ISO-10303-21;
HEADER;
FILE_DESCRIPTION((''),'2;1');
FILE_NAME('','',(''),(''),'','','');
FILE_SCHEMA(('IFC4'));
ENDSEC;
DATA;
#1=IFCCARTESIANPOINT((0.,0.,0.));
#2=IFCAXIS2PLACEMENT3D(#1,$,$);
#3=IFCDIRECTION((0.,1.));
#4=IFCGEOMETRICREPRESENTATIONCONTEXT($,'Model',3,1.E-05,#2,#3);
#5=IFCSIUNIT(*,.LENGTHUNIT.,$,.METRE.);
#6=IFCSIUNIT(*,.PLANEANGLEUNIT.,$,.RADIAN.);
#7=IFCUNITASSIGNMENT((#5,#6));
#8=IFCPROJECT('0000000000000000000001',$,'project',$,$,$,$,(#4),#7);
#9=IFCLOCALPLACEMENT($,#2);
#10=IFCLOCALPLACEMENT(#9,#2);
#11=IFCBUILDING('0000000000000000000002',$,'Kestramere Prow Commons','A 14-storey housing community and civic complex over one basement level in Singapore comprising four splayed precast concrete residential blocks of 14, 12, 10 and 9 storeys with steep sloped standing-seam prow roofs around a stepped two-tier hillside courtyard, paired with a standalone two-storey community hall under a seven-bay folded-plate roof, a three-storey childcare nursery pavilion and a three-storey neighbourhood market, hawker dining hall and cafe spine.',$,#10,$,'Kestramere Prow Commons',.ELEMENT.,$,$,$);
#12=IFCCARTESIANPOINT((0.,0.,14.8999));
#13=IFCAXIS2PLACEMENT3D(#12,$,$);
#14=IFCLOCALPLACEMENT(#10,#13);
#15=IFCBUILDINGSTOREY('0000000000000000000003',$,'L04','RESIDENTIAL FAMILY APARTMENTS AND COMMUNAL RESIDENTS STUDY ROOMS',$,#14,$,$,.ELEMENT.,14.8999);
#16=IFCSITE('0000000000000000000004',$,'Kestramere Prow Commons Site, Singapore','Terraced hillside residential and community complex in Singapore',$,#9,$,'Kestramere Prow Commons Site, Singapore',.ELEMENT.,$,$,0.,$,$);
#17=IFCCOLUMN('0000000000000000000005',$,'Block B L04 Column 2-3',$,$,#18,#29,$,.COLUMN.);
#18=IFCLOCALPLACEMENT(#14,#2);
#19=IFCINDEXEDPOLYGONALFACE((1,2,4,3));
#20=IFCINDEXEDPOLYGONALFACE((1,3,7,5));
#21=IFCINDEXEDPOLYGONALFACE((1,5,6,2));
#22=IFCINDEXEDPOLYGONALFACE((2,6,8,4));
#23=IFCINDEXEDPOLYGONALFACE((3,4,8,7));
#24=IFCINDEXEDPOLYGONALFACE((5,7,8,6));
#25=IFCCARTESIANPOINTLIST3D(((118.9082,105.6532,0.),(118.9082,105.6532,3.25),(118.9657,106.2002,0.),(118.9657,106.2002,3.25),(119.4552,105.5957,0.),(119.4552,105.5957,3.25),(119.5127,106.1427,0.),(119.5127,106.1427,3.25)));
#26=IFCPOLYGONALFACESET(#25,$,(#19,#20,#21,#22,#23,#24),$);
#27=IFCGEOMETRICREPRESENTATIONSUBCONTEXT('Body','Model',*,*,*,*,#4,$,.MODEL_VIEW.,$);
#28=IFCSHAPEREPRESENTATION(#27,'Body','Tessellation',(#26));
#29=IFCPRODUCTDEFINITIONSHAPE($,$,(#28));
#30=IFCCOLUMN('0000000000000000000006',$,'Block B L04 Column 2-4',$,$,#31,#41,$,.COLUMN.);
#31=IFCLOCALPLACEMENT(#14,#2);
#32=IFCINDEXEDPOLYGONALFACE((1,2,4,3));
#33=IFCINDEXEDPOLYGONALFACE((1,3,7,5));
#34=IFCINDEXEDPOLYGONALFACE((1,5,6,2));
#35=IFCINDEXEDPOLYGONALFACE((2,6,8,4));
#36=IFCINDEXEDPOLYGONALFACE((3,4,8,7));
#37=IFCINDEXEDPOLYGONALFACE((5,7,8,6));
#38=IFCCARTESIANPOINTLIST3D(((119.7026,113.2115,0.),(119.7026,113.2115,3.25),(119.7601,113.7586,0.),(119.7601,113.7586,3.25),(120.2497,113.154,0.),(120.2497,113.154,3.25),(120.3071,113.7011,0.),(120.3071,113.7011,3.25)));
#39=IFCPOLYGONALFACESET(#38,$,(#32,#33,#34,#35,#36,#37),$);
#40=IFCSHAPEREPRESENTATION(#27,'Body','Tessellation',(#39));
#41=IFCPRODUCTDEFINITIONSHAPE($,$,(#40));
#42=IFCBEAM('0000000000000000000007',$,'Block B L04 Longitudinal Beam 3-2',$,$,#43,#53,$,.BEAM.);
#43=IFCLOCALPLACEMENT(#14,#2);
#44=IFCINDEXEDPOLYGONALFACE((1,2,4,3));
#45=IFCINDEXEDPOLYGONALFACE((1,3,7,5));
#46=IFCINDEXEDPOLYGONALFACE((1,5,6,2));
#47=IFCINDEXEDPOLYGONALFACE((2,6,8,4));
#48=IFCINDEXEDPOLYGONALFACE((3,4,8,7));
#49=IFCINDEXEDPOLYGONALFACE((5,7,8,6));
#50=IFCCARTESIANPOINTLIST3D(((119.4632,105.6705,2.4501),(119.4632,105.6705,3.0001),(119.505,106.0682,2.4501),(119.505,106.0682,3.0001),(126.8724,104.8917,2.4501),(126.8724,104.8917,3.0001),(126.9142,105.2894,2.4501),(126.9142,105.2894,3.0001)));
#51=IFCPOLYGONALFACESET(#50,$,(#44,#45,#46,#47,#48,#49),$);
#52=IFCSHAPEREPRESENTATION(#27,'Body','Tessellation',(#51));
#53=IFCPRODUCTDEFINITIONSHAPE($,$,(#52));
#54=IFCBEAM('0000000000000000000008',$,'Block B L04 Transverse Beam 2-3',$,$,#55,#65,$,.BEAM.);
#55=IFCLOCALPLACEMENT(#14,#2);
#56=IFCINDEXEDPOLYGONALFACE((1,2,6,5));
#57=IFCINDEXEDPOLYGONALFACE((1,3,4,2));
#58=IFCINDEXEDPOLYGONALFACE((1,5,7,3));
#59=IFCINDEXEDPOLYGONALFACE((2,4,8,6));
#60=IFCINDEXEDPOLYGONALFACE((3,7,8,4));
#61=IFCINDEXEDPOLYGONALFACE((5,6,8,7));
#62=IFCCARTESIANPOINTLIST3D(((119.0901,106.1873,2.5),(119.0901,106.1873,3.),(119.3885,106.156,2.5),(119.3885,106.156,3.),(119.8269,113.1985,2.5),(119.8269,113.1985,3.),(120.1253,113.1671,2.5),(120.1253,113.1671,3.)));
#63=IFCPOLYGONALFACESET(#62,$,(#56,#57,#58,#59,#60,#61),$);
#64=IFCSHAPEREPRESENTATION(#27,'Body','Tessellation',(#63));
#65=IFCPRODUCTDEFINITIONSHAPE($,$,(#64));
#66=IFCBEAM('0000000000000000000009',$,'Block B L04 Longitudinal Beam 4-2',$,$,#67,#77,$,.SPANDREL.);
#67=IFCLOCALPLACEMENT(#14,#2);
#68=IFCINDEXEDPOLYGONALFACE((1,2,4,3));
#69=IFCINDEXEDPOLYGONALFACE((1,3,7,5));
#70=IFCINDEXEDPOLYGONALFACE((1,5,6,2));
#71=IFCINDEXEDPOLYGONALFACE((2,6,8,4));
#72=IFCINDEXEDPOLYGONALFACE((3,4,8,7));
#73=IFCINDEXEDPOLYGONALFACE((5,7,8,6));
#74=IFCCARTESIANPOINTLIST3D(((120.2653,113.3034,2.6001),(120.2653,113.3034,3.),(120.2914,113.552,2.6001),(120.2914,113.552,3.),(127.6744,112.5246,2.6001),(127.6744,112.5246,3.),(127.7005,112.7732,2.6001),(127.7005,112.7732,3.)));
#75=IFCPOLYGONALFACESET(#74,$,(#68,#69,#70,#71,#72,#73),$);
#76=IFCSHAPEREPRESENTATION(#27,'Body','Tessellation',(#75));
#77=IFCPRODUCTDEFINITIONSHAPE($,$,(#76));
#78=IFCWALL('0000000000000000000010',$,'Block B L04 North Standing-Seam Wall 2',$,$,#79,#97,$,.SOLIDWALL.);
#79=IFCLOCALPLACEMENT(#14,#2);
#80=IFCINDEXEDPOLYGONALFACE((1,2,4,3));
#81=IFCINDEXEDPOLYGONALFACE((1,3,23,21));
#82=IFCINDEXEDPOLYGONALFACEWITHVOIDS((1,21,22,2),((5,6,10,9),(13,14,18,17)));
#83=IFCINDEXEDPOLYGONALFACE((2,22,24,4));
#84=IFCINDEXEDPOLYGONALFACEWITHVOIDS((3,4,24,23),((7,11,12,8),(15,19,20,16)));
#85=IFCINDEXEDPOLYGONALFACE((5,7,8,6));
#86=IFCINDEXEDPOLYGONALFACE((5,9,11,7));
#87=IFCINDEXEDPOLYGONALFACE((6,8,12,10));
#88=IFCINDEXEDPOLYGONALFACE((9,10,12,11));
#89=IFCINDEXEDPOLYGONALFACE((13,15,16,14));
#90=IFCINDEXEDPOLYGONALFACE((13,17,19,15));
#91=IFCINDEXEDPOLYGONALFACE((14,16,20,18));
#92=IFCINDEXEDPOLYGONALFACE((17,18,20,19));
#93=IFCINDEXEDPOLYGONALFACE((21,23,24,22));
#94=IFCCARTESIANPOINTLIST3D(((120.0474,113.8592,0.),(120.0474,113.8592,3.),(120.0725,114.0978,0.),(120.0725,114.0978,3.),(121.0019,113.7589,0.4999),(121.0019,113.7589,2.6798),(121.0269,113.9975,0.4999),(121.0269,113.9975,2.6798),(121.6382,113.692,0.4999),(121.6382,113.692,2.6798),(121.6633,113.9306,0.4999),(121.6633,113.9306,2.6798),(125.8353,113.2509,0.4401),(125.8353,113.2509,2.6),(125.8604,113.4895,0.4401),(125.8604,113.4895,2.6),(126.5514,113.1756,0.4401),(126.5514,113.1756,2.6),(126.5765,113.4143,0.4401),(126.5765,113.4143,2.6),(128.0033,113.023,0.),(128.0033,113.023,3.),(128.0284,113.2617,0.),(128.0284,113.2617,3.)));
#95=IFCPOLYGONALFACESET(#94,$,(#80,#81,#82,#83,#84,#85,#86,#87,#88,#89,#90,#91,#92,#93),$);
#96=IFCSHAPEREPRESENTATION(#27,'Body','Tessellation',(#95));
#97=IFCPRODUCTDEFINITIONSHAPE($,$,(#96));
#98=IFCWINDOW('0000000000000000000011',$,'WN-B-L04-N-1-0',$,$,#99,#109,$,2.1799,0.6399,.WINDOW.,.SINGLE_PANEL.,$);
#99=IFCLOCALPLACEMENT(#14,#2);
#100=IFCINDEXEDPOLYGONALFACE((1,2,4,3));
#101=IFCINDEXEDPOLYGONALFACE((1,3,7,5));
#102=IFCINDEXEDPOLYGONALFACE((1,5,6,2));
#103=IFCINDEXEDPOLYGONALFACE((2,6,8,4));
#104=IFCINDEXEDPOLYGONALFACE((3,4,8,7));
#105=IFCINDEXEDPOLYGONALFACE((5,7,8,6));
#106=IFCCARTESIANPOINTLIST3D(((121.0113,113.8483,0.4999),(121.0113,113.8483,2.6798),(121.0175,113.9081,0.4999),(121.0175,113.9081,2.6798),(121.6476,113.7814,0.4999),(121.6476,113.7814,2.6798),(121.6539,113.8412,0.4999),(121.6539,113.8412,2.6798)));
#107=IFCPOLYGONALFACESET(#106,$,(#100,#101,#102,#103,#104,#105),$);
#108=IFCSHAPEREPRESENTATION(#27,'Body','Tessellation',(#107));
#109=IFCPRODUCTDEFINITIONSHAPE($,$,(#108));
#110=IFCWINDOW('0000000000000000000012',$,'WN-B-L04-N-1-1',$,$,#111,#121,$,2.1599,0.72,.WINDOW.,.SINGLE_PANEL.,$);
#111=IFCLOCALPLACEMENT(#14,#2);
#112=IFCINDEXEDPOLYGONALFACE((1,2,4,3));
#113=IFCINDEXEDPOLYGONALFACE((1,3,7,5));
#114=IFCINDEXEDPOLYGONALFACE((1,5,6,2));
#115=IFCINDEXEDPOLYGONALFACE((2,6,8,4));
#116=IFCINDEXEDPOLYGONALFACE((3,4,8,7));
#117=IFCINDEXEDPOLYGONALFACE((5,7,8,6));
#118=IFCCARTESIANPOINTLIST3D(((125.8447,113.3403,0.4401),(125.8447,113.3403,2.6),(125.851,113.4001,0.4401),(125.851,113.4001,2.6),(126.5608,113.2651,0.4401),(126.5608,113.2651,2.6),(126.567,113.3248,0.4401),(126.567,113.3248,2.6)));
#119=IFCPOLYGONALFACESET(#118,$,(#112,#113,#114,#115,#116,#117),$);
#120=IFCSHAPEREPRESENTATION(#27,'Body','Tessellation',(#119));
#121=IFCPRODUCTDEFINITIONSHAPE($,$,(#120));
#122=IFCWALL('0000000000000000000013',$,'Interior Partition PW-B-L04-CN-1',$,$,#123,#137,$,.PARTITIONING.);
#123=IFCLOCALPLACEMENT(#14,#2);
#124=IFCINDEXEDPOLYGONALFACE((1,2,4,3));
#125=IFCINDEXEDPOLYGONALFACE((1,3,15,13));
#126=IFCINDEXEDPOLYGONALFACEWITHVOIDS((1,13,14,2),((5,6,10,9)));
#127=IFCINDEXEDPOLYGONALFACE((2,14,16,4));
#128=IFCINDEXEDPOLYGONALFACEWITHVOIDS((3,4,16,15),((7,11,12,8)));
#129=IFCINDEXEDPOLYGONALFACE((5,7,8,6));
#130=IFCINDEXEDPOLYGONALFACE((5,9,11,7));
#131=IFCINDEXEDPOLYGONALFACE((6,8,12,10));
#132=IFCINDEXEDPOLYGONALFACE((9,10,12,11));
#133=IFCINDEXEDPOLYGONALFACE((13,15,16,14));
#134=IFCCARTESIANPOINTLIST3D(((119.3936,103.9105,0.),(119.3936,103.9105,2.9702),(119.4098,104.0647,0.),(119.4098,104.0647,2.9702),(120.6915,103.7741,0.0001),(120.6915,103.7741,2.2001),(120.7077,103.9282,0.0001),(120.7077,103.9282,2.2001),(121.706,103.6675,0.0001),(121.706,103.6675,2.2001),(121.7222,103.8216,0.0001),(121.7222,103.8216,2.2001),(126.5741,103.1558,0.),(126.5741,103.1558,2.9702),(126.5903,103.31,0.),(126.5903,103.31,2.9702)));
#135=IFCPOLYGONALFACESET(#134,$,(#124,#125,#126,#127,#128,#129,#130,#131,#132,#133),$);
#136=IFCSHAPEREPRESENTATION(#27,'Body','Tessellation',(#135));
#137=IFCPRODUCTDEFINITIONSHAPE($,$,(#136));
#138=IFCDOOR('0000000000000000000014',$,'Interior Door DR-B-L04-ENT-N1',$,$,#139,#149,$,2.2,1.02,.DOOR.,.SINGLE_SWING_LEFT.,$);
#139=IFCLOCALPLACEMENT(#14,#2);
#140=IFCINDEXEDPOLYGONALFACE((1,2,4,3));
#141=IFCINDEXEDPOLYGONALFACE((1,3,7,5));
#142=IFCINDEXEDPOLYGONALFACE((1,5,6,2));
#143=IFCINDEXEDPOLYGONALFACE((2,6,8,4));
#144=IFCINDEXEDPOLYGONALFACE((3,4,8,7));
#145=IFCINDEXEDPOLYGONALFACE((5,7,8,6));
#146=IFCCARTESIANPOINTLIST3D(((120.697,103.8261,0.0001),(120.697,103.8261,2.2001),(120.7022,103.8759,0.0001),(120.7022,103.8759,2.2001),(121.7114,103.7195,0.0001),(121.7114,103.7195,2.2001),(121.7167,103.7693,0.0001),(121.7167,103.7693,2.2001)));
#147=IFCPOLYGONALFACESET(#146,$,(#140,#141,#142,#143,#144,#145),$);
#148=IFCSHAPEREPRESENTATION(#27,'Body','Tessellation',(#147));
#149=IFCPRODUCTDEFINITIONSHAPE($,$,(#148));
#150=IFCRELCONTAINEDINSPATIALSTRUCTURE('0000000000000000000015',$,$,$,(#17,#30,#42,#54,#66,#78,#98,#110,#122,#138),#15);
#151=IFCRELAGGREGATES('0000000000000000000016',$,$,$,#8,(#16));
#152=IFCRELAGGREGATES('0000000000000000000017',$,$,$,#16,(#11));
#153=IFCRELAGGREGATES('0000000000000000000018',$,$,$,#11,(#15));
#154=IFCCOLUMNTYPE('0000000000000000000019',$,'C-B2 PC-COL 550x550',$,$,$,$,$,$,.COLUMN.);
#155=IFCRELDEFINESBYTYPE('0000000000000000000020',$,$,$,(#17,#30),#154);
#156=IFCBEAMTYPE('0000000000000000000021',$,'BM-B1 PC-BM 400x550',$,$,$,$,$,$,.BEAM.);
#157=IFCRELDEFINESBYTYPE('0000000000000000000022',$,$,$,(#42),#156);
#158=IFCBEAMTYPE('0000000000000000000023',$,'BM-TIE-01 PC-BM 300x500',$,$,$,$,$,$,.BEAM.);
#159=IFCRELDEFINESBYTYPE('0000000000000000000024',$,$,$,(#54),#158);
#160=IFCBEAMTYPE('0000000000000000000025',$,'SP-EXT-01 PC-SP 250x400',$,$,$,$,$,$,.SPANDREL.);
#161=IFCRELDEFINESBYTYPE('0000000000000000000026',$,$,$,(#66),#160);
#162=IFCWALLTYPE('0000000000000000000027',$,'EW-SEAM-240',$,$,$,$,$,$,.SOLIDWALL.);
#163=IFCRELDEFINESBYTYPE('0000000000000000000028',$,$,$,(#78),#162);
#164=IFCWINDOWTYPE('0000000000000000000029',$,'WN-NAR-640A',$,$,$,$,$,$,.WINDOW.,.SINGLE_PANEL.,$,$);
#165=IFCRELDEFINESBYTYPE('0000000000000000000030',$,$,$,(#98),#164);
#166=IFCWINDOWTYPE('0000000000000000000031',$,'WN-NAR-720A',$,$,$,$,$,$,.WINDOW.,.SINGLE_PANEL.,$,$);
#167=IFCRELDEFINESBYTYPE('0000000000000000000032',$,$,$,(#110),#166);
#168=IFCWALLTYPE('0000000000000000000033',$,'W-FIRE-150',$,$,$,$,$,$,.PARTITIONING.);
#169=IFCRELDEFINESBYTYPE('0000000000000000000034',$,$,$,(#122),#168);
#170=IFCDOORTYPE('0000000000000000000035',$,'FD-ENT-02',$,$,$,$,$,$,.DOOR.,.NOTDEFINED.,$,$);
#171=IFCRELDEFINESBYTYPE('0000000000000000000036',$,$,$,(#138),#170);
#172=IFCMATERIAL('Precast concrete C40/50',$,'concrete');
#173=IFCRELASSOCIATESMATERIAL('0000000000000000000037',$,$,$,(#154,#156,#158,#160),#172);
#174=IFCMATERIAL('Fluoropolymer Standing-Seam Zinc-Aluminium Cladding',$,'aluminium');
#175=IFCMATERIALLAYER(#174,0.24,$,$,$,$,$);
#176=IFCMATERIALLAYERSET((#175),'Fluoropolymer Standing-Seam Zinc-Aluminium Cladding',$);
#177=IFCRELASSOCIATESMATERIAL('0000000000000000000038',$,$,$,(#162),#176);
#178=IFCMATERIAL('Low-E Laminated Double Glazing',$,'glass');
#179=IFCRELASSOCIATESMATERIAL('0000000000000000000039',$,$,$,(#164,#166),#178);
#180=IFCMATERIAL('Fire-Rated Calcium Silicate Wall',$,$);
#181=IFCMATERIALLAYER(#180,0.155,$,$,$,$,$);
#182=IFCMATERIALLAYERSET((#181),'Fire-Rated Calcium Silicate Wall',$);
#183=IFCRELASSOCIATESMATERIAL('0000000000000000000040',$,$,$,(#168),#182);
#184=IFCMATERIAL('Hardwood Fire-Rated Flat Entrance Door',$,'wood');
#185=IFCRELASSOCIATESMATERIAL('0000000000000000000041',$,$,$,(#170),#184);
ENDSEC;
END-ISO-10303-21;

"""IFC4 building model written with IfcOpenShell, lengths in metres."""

from ifc_helpers import new_model, si_unit, direction, frame, frame_2d, origin, origin_2d, place, context, subcontext, project, spatial, rectangle, extrude, material, layer, layer_set, material_profile, profile_set, type_object, element, fill, save


model = new_model("IFC4")

# Units and contexts
model_context = context("Model", 3, precision=1e-05, world=origin(), true_north=direction((0.0, 1.0)))
body_context = subcontext(model_context, "Body", "Model", "MODEL_VIEW")
ifc_project = project(units=[si_unit("LENGTHUNIT", "METRE"), si_unit("PLANEANGLEUNIT", "RADIAN")], contexts=[model_context])

# Site, building, storey
site_placement = place(None, origin())
site = spatial("IfcSite", under=ifc_project, at=site_placement, Name="Kestramere Prow Commons Site, Singapore", Description="Terraced hillside residential and community complex in Singapore", LongName="Kestramere Prow Commons Site, Singapore", CompositionType="ELEMENT", RefElevation=0.0)
building_placement = place(site_placement, origin())
building = spatial("IfcBuilding", under=site, at=building_placement, Name="Kestramere Prow Commons", Description="A 14-storey housing community and civic complex over one basement level in Singapore comprising four splayed precast concrete residential blocks of 14, 12, 10 and 9 storeys with steep sloped standing-seam prow roofs around a stepped two-tier hillside courtyard, paired with a standalone two-storey community hall under a seven-bay folded-plate roof, a three-storey childcare nursery pavilion and a three-storey neighbourhood market, hawker dining hall and cafe spine.", LongName="Kestramere Prow Commons", CompositionType="ELEMENT")
storey_placement = place(building_placement, frame((0.0, 0.0, 14.8999)))
storey = spatial("IfcBuildingStorey", under=building, at=storey_placement, Name="L04", Description="RESIDENTIAL FAMILY APARTMENTS AND COMMUNAL RESIDENTS STUDY ROOMS", CompositionType="ELEMENT", Elevation=14.8999)

# Columns
ifc_material_1 = material(Name="Precast concrete C40/50", Category="concrete")
ifc_material_profile_1 = material_profile(ifc_material_1, rectangle(XDim=0.55, YDim=0.55, at=origin_2d()), Name="PC-COL 550x550")
ifc_profile_set_1 = profile_set([ifc_material_profile_1], Name="Precast concrete C40/50")
column_type = type_object("IfcColumnType", Name="C-B2 PC-COL 550x550", PredefinedType="COLUMN", material=ifc_profile_set_1)
for number, where, z_axis, x_axis, name in (
    (1, (119.2104, 105.8979, 0.0), (0.0, 0.0, 1.0), (0.994522, -0.104528, 0.0), "Block B L04 Column 2-3"),
    (2, (120.0049, 113.4563, 0.0), (0.0, 0.0, 1.0), (0.994522, -0.104528, 0.0), "Block B L04 Column 2-4"),
):
    element("IfcColumn", number, at=place(storey_placement, frame(where, z_axis=z_axis, x_axis=x_axis)), inside=storey, type_object=column_type, Name=name, PredefinedType="COLUMN", context=body_context, shape_type="SweptSolid", body=[
        extrude(rectangle(XDim=0.55, YDim=0.55, at=origin_2d()), origin(), (0.0, 0.0, 1.0), 3.25),
    ])

# Beams
ifc_material_profile_2 = material_profile(ifc_material_1, rectangle(XDim=0.3999, YDim=0.55, at=origin_2d()), Name="PC-BM 400x550")
ifc_profile_set_2 = profile_set([ifc_material_profile_2], Name="Precast concrete C40/50")
beam_type_1 = type_object("IfcBeamType", Name="BM-B1 PC-BM 400x550", PredefinedType="BEAM", material=ifc_profile_set_2)
beam_1_placement = place(storey_placement, frame((119.4841, 105.8694, 2.7251), z_axis=(0.994521, -0.104538, 0.0), x_axis=(0.104538, 0.994521, 0.0)))
element("IfcBeam", 3, at=beam_1_placement, inside=storey, type_object=beam_type_1, Name="Block B L04 Longitudinal Beam 3-2", PredefinedType="BEAM", context=body_context, shape_type="SweptSolid", body=[
    extrude(rectangle(XDim=0.3999, YDim=0.55, at=origin_2d()), origin(), (0.0, 0.0, 1.0), 7.45),
])
ifc_material_profile_3 = material_profile(ifc_material_1, rectangle(XDim=0.3, YDim=0.5, at=origin_2d()), Name="PC-BM 300x500")
ifc_profile_set_3 = profile_set([ifc_material_profile_3], Name="Precast concrete C40/50")
beam_type_2 = type_object("IfcBeamType", Name="BM-TIE-01 PC-BM 300x500", PredefinedType="BEAM", material=ifc_profile_set_3)
beam_2_placement = place(storey_placement, frame((119.2393, 106.1716, 2.75), z_axis=(0.104515, 0.994523, 0.0), x_axis=(-0.994523, 0.104515, 0.0)))
element("IfcBeam", 4, at=beam_2_placement, inside=storey, type_object=beam_type_2, Name="Block B L04 Transverse Beam 2-3", PredefinedType="BEAM", context=body_context, shape_type="SweptSolid", body=[
    extrude(rectangle(XDim=0.3, YDim=0.5, at=origin_2d()), origin(), (0.0, 0.0, 1.0), 7.0498),
])
ifc_material_profile_4 = material_profile(ifc_material_1, rectangle(XDim=0.25, YDim=0.3999, at=origin_2d()), Name="PC-SP 250x400")
ifc_profile_set_4 = profile_set([ifc_material_profile_4], Name="Precast concrete C40/50")
beam_type_3 = type_object("IfcBeamType", Name="SP-EXT-01 PC-SP 250x400", PredefinedType="SPANDREL", material=ifc_profile_set_4)
beam_3_placement = place(storey_placement, frame((120.2783, 113.4277, 2.8), z_axis=(0.994521, -0.104538, 0.0), x_axis=(0.104538, 0.994521, 0.0)))
element("IfcBeam", 5, at=beam_3_placement, inside=storey, type_object=beam_type_3, Name="Block B L04 Longitudinal Beam 4-2", PredefinedType="SPANDREL", context=body_context, shape_type="SweptSolid", body=[
    extrude(rectangle(XDim=0.25, YDim=0.3999, at=origin_2d()), origin(), (0.0, 0.0, 1.0), 7.45),
])

# Wall, openings, windows
ifc_material_2 = material(Name="Fluoropolymer Standing-Seam Zinc-Aluminium Cladding", Category="aluminium")
ifc_layer_1 = layer(ifc_material_2, 0.24)
ifc_layer_set_1 = layer_set([ifc_layer_1], Name="Fluoropolymer Standing-Seam Zinc-Aluminium Cladding")
wall_type_1 = type_object("IfcWallType", Name="EW-SEAM-240", PredefinedType="SOLIDWALL", material=ifc_layer_set_1)
wall_1_placement = place(storey_placement, frame((120.0598, 113.9785, 0.0), z_axis=(0.0, 0.0, 1.0), x_axis=(0.994522, -0.104524, 0.0)))
wall_1 = element("IfcWall", 6, at=wall_1_placement, inside=storey, type_object=wall_type_1, Name="Block B L04 North Standing-Seam Wall 2", PredefinedType="SOLIDWALL", context=body_context, shape_type="SweptSolid", body=[
    extrude(rectangle(XDim=7.9998, YDim=0.24, at=frame_2d((4.0, 0.0))), origin(), (0.0, 0.0, 1.0), 3.0),
])
opening_1_placement = place(wall_1_placement, frame((0.96, 0.0, 0.5)))
opening_1 = element("IfcOpeningElement", 7, at=opening_1_placement, cuts=wall_1, PredefinedType="OPENING", context=body_context, shape_type="SweptSolid", body=[
    extrude(rectangle(XDim=0.6399, YDim=2.1799, at=frame_2d((0.3198, 1.0898))), frame((0.0, 0.135, 0.0), z_axis=(0.0, -1.0, 0.0), x_axis=(1.0, 0.0, 0.0)), (0.0, 0.0, 1.0), 0.27),
])
opening_2_placement = place(wall_1_placement, frame((5.8201, 0.0, 0.4399)))
opening_2 = element("IfcOpeningElement", 8, at=opening_2_placement, cuts=wall_1, PredefinedType="OPENING", context=body_context, shape_type="SweptSolid", body=[
    extrude(rectangle(XDim=0.72, YDim=2.1599, at=frame_2d((0.3599, 1.0801))), frame((0.0, 0.135, 0.0), z_axis=(0.0, -1.0, 0.0), x_axis=(1.0, 0.0, 0.0)), (0.0, 0.0, 1.0), 0.27),
])
ifc_material_3 = material(Name="Low-E Laminated Double Glazing", Category="glass")
window_type_1 = type_object("IfcWindowType", Name="WN-NAR-640A", PartitioningType="SINGLE_PANEL", PredefinedType="WINDOW", material=ifc_material_3)
window_1_placement = place(opening_1_placement, origin())
window_1 = element("IfcWindow", 9, at=window_1_placement, inside=storey, type_object=window_type_1, Name="WN-B-L04-N-1-0", OverallHeight=2.1799, OverallWidth=0.6399, PartitioningType="SINGLE_PANEL", PredefinedType="WINDOW", context=body_context, shape_type="SweptSolid", body=[
    extrude(rectangle(XDim=0.6399, YDim=2.1799, at=frame_2d((0.3198, 1.0898))), frame((0.0, 0.03, 0.0), z_axis=(0.0, -1.0, 0.0), x_axis=(1.0, 0.0, 0.0)), (0.0, 0.0, 1.0), 0.0601),
])
fill(opening_1, window_1)
window_type_2 = type_object("IfcWindowType", Name="WN-NAR-720A", PartitioningType="SINGLE_PANEL", PredefinedType="WINDOW", material=ifc_material_3)
window_2_placement = place(opening_2_placement, origin())
window_2 = element("IfcWindow", 10, at=window_2_placement, inside=storey, type_object=window_type_2, Name="WN-B-L04-N-1-1", OverallHeight=2.1599, OverallWidth=0.72, PartitioningType="SINGLE_PANEL", PredefinedType="WINDOW", context=body_context, shape_type="SweptSolid", body=[
    extrude(rectangle(XDim=0.72, YDim=2.1599, at=frame_2d((0.3599, 1.0801))), frame((0.0, 0.03, 0.0), z_axis=(0.0, -1.0, 0.0), x_axis=(1.0, 0.0, 0.0)), (0.0, 0.0, 1.0), 0.0601),
])
fill(opening_2, window_2)

# Wall, opening, door
ifc_material_4 = material(Name="Fire-Rated Calcium Silicate Wall")
ifc_layer_2 = layer(ifc_material_4, 0.155)
ifc_layer_set_2 = layer_set([ifc_layer_2], Name="Fire-Rated Calcium Silicate Wall")
wall_type_2 = type_object("IfcWallType", Name="W-FIRE-150", PredefinedType="PARTITIONING", material=ifc_layer_set_2)
wall_2_placement = place(storey_placement, frame((119.4019, 103.9875, 0.0), z_axis=(0.0, 0.0, 1.0), x_axis=(0.994523, -0.104521, 0.0)))
wall_2 = element("IfcWall", 11, at=wall_2_placement, inside=storey, type_object=wall_type_2, Name="Interior Partition PW-B-L04-CN-1", PredefinedType="PARTITIONING", context=body_context, shape_type="SweptSolid", body=[
    extrude(rectangle(XDim=7.22, YDim=0.155, at=frame_2d((3.6099, 0.0))), origin(), (0.0, 0.0, 1.0), 2.9702),
])
opening_3_placement = place(wall_2_placement, frame((1.3049, 0.0, 0.0)))
opening_3 = element("IfcOpeningElement", 12, at=opening_3_placement, cuts=wall_2, PredefinedType="OPENING", context=body_context, shape_type="SweptSolid", body=[
    extrude(rectangle(XDim=1.02, YDim=2.2, at=frame_2d((0.51, 1.1001))), frame((0.0, 0.0925, 0.0), z_axis=(0.0, -1.0, 0.0), x_axis=(1.0, 0.0, 0.0)), (0.0, 0.0, 1.0), 0.1851),
])
ifc_material_5 = material(Name="Hardwood Fire-Rated Flat Entrance Door", Category="wood")
door_type_1 = type_object("IfcDoorType", Name="FD-ENT-02", OperationType="NOTDEFINED", PredefinedType="DOOR", material=ifc_material_5)
door_1_placement = place(opening_3_placement, origin())
door_1 = element("IfcDoor", 13, at=door_1_placement, inside=storey, type_object=door_type_1, Name="Interior Door DR-B-L04-ENT-N1", OperationType="SINGLE_SWING_LEFT", OverallHeight=2.2, OverallWidth=1.02, PredefinedType="DOOR", context=body_context, shape_type="SweptSolid", body=[
    extrude(rectangle(XDim=1.02, YDim=2.2, at=frame_2d((0.51, 1.1001))), frame((0.0, 0.0249, 0.0), z_axis=(0.0, -1.0, 0.0), x_axis=(1.0, 0.0, 0.0)), (0.0, 0.0, 1.0), 0.05),
])
fill(opening_3, door_1)

save(model, "model.ifc")
